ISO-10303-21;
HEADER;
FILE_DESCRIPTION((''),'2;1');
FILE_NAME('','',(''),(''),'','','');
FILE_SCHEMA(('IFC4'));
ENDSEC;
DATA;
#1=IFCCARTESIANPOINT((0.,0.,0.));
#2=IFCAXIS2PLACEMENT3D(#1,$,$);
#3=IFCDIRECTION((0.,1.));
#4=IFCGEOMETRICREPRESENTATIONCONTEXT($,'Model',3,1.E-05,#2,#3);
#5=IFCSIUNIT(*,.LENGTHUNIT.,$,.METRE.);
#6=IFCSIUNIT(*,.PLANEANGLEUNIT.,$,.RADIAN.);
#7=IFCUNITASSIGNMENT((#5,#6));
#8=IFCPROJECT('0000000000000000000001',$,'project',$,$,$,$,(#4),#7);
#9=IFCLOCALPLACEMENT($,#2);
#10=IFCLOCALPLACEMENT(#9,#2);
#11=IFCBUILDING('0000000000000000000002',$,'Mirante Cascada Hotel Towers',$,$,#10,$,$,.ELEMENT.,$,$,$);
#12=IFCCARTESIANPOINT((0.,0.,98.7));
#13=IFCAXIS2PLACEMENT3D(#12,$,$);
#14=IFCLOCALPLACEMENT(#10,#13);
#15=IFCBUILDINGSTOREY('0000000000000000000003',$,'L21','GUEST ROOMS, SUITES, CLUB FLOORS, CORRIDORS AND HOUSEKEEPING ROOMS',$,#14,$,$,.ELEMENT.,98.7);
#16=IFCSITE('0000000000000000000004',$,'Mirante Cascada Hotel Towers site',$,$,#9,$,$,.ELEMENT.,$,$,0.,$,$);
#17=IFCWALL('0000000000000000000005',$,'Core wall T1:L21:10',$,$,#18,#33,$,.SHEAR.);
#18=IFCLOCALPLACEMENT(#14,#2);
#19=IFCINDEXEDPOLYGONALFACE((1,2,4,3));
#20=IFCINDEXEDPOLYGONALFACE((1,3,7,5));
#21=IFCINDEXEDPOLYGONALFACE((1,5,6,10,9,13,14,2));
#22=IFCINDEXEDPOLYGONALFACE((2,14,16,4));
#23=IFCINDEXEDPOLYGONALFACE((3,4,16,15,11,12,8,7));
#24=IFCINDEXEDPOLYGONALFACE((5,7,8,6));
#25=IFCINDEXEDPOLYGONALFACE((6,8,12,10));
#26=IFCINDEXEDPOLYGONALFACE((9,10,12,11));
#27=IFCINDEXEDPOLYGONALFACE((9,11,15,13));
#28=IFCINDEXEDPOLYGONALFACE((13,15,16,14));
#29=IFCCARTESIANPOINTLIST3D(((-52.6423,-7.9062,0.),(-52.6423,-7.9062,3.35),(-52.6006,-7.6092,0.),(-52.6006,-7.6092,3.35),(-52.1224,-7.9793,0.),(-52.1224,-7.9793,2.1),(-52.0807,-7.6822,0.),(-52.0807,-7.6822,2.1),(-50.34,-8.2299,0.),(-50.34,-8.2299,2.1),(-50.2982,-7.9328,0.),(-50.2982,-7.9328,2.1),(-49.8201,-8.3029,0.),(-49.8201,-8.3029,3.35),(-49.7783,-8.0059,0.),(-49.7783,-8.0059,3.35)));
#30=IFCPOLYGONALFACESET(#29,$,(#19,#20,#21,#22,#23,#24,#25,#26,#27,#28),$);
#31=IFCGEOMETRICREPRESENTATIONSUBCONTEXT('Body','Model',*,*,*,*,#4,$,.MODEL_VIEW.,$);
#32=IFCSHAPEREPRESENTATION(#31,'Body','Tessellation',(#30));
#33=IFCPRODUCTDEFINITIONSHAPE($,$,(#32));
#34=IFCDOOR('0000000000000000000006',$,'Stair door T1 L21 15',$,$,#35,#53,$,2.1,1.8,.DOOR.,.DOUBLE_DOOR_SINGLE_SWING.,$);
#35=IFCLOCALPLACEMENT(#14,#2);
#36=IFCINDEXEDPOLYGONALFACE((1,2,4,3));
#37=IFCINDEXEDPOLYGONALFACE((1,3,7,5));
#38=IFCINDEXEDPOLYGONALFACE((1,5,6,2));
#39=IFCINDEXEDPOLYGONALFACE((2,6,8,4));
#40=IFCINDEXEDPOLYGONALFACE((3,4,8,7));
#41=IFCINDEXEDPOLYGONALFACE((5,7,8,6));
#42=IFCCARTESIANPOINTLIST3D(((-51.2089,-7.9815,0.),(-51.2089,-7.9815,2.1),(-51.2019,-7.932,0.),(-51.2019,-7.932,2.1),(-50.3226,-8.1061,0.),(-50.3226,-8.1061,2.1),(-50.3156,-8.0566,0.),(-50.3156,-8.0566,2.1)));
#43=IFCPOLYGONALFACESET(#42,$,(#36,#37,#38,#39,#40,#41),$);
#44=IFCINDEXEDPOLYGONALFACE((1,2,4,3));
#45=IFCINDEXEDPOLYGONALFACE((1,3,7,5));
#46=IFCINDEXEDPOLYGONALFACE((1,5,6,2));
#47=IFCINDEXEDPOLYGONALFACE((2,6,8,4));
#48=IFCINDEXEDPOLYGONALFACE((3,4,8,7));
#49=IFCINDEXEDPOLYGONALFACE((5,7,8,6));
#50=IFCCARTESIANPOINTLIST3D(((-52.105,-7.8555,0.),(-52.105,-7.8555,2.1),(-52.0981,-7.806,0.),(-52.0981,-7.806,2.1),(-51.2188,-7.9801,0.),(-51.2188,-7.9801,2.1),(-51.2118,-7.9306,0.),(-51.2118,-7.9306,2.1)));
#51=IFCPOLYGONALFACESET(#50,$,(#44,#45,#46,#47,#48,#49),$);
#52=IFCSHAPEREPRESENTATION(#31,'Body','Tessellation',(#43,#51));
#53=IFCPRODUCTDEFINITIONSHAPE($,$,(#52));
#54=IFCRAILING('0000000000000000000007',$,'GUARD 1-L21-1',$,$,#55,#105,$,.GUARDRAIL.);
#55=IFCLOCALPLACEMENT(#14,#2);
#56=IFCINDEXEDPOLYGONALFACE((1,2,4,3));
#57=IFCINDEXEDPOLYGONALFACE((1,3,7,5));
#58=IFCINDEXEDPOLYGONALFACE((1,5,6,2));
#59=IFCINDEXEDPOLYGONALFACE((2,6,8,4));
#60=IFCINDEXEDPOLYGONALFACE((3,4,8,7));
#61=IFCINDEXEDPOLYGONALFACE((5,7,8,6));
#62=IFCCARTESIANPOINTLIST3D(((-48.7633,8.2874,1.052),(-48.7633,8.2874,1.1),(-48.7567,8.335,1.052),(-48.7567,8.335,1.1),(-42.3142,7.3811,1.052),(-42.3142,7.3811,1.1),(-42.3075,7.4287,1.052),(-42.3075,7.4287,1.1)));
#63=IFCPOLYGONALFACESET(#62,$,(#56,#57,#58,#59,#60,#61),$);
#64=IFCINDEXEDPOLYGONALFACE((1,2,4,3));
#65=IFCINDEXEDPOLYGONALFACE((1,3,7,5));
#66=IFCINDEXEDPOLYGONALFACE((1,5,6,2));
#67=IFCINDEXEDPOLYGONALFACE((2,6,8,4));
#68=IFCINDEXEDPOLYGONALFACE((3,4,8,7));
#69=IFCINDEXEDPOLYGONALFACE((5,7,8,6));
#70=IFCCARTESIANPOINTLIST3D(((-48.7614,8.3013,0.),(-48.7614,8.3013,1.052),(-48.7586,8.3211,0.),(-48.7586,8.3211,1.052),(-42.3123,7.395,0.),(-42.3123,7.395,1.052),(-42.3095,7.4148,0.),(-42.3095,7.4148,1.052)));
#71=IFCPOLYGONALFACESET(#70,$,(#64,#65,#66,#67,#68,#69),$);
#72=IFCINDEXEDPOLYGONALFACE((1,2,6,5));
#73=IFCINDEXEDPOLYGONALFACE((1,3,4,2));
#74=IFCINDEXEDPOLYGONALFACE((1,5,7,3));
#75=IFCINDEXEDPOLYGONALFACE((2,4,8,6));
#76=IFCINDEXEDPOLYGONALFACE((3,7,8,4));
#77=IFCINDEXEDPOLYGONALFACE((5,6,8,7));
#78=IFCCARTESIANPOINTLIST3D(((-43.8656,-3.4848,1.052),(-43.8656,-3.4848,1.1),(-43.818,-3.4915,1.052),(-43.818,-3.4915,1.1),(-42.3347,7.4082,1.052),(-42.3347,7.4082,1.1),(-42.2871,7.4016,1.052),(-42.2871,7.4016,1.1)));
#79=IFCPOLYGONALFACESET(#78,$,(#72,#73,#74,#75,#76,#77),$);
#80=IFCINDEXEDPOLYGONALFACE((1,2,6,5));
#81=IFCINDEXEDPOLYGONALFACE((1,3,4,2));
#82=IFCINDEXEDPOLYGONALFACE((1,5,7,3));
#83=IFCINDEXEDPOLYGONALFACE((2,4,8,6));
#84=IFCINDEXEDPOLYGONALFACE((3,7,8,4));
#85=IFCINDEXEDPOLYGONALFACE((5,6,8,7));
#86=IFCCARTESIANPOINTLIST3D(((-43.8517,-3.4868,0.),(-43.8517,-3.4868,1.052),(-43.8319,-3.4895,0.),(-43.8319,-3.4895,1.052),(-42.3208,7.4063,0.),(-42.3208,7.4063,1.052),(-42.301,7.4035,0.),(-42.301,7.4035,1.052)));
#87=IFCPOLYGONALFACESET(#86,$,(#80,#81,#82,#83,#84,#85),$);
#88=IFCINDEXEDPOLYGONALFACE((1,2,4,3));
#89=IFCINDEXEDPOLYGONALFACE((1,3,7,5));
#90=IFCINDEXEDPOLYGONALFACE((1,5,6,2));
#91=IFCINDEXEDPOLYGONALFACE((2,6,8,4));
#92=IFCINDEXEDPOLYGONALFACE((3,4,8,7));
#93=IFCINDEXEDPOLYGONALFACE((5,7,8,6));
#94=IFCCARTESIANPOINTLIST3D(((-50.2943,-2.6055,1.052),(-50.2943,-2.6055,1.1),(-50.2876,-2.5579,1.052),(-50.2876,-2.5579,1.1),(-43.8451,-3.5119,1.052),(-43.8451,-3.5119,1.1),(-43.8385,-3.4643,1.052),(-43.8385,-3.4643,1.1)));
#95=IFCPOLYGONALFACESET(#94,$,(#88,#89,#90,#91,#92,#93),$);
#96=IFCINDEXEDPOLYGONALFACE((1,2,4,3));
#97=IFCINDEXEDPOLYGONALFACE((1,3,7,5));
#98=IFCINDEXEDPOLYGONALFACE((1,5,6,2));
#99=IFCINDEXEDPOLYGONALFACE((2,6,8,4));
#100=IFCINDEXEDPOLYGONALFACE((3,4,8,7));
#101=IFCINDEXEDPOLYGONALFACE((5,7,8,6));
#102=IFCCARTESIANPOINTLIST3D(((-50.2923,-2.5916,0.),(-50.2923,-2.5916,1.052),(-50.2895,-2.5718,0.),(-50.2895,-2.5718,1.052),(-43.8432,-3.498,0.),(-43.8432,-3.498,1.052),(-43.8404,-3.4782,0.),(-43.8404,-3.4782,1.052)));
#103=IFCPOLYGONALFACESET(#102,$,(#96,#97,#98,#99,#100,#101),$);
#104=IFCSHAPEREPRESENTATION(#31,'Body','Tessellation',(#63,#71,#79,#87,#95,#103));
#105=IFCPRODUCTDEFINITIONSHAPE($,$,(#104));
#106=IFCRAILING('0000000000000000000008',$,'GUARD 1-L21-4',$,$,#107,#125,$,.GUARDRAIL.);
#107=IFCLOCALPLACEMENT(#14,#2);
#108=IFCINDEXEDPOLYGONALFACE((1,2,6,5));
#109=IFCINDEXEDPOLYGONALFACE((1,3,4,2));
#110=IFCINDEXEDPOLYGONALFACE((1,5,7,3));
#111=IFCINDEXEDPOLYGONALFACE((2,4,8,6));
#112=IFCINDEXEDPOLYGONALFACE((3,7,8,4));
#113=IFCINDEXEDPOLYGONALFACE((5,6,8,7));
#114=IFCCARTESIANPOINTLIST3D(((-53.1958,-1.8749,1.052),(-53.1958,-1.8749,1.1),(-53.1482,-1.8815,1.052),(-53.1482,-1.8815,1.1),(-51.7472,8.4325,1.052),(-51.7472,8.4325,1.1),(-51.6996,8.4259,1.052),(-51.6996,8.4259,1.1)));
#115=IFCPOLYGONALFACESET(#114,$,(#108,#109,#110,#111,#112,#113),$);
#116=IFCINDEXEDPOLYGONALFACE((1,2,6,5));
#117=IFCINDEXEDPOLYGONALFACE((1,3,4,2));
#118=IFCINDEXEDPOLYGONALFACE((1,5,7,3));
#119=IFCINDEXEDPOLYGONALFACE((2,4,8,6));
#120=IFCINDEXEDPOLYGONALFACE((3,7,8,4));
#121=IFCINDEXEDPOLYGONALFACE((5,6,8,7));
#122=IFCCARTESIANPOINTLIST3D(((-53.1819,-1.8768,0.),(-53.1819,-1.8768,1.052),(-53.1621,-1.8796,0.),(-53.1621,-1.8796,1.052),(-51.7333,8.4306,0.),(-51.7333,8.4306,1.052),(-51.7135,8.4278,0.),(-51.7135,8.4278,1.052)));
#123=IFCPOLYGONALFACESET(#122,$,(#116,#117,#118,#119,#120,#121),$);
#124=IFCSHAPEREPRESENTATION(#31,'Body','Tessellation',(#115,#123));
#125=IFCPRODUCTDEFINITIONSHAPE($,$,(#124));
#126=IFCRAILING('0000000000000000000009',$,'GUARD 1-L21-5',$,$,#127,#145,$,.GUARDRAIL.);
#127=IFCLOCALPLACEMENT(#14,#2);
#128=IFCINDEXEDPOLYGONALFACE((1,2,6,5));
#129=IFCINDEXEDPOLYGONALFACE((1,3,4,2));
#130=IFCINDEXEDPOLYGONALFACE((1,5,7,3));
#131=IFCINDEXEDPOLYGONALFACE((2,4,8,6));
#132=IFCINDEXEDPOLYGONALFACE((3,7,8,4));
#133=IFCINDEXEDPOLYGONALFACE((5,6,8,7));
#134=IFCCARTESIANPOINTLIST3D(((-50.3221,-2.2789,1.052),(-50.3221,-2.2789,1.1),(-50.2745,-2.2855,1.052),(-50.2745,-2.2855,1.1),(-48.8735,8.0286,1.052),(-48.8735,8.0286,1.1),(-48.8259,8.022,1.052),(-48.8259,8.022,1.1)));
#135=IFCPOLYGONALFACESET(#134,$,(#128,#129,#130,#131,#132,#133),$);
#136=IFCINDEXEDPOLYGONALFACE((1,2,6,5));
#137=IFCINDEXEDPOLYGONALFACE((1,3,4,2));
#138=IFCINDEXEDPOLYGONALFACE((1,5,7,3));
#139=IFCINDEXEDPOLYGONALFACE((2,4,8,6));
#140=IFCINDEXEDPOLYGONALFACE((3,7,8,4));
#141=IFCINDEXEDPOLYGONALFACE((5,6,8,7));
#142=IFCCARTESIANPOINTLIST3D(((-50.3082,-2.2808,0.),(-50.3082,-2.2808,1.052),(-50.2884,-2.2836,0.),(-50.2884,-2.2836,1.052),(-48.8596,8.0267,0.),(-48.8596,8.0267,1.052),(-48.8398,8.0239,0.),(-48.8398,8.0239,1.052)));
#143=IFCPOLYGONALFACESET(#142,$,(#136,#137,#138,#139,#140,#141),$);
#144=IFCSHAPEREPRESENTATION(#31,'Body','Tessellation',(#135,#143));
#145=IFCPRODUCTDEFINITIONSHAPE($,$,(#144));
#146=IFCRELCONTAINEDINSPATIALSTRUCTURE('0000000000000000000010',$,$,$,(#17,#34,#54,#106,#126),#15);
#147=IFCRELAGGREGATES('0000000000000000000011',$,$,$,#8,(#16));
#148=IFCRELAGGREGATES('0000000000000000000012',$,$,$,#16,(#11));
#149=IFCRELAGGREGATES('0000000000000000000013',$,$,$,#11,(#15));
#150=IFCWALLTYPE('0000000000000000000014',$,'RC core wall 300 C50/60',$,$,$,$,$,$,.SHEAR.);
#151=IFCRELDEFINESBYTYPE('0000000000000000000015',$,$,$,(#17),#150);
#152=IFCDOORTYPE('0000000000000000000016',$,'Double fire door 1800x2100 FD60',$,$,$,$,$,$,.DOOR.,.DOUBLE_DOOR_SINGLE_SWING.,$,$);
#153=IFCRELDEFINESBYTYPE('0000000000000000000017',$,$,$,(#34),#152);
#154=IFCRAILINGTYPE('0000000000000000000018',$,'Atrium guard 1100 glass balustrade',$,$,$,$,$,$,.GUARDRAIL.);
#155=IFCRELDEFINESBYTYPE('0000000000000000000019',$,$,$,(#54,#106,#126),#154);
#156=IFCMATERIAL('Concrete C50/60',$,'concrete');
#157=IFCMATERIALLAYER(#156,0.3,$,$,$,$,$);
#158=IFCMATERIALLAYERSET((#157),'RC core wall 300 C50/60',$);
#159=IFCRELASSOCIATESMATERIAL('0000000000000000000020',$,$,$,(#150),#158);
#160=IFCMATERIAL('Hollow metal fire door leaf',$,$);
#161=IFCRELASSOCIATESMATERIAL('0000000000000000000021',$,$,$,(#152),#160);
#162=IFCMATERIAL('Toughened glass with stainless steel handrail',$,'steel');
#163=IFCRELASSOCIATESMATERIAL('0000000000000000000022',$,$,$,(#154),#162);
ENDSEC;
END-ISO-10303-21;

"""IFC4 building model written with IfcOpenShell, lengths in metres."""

from ifc_helpers import new_model, si_unit, direction, frame, frame_2d, origin, origin_2d, place, context, subcontext, project, spatial, rectangle, extrude, material, layer, layer_set, type_object, element, fill, save


model = new_model("IFC4")

# Units and contexts
model_context = context("Model", 3, precision=1e-05, world=origin(), true_north=direction((0.0, 1.0)))
body_context = subcontext(model_context, "Body", "Model", "MODEL_VIEW")
ifc_project = project(units=[si_unit("LENGTHUNIT", "METRE"), si_unit("PLANEANGLEUNIT", "RADIAN")], contexts=[model_context])

# Site, building, storey
site_placement = place(None, origin())
site = spatial("IfcSite", under=ifc_project, at=site_placement, Name="Mirante Cascada Hotel Towers site", CompositionType="ELEMENT", RefElevation=0.0)
building_placement = place(site_placement, origin())
building = spatial("IfcBuilding", under=site, at=building_placement, Name="Mirante Cascada Hotel Towers", CompositionType="ELEMENT")
storey_placement = place(building_placement, frame((0.0, 0.0, 98.7)))
storey = spatial("IfcBuildingStorey", under=building, at=storey_placement, Name="L21", Description="GUEST ROOMS, SUITES, CLUB FLOORS, CORRIDORS AND HOUSEKEEPING ROOMS", CompositionType="ELEMENT", Elevation=98.7)

# Wall, opening, door
ifc_material_1 = material(Name="Concrete C50/60", Category="concrete")
ifc_layer_1 = layer(ifc_material_1, 0.3)
ifc_layer_set_1 = layer_set([ifc_layer_1], Name="RC core wall 300 C50/60")
wall_type_1 = type_object("IfcWallType", Name="RC core wall 300 C50/60", PredefinedType="SHEAR", material=ifc_layer_set_1)
wall_1_placement = place(storey_placement, frame((-49.7992, -8.1544, 0.0), z_axis=(0.0, 0.0, 1.0), x_axis=(-0.990266, 0.139191, 0.0)))
wall_1 = element("IfcWall", 1, at=wall_1_placement, inside=storey, type_object=wall_type_1, Name="Core wall T1:L21:10", PredefinedType="SHEAR", context=body_context, shape_type="SweptSolid", body=[
    extrude(rectangle(XDim=2.85, YDim=0.3, at=frame_2d((1.425, 0.0))), origin(), (0.0, 0.0, 1.0), 3.35),
])
opening_1_placement = place(wall_1_placement, frame((0.525, 0.0, 0.0)))
opening_1 = element("IfcOpeningElement", 2, at=opening_1_placement, cuts=wall_1, PredefinedType="OPENING", context=body_context, shape_type="SweptSolid", body=[
    extrude(rectangle(XDim=1.8, YDim=2.1, at=frame_2d((0.9, 1.05))), frame((0.0, 0.15, 0.0), z_axis=(0.0, -1.0, 0.0), x_axis=(1.0, 0.0, 0.0)), (0.0, 0.0, 1.0), 0.3),
])
ifc_material_2 = material(Name="Hollow metal fire door leaf")
door_type_1 = type_object("IfcDoorType", Name="Double fire door 1800x2100 FD60", OperationType="DOUBLE_DOOR_SINGLE_SWING", PredefinedType="DOOR", material=ifc_material_2)
door_1_placement = place(opening_1_placement, origin())
door_1 = element("IfcDoor", 3, at=door_1_placement, inside=storey, type_object=door_type_1, Name="Stair door T1 L21 15", OperationType="DOUBLE_DOOR_SINGLE_SWING", OverallHeight=2.1, OverallWidth=1.8, PredefinedType="DOOR", context=body_context, shape_type="SweptSolid", body=[
    extrude(rectangle(XDim=0.895, YDim=2.1, at=frame_2d((0.4475, 1.05))), frame((0.0, 0.025, 0.0), z_axis=(0.0, -1.0, 0.0), x_axis=(1.0, 0.0, 0.0)), (0.0, 0.0, 1.0), 0.05),
    extrude(rectangle(XDim=0.895, YDim=2.1, at=frame_2d((1.3525, 1.05))), frame((0.0, 0.025, 0.0), z_axis=(0.0, -1.0, 0.0), x_axis=(1.0, 0.0, 0.0)), (0.0, 0.0, 1.0), 0.05),
])
fill(opening_1, door_1)

# Railings
ifc_material_3 = material(Name="Toughened glass with stainless steel handrail", Category="steel")
railing_type = type_object("IfcRailingType", Name="Atrium guard 1100 glass balustrade", PredefinedType="GUARDRAIL", material=ifc_material_3)
railing_1_placement = place(storey_placement, frame((-48.76, 8.3112, 0.0)))
element("IfcRailing", 4, at=railing_1_placement, inside=storey, type_object=railing_type, Name="GUARD 1-L21-1", PredefinedType="GUARDRAIL", context=body_context, shape_type="SweptSolid", body=[
    extrude(rectangle(XDim=0.048, YDim=0.048, at=origin_2d()), frame((0.0, 0.0, 1.076), z_axis=(0.990269, -0.139164, 0.0), x_axis=(0.139164, 0.990269, 0.0)), (0.0, 0.0, 1.0), 6.5125),
    extrude(rectangle(XDim=0.02, YDim=1.052, at=origin_2d()), frame((0.0, 0.0, 0.526), z_axis=(0.990269, -0.139164, 0.0), x_axis=(0.139164, 0.990269, 0.0)), (0.0, 0.0, 1.0), 6.5125),
    extrude(rectangle(XDim=0.048, YDim=0.048, at=origin_2d()), frame((6.4491, -0.9063, 1.076), z_axis=(-0.139172, -0.990268, 0.0), x_axis=(0.990268, -0.139172, 0.0)), (0.0, 0.0, 1.0), 11.0001),
    extrude(rectangle(XDim=0.02, YDim=1.052, at=origin_2d()), frame((6.4491, -0.9063, 0.526), z_axis=(-0.139172, -0.990268, 0.0), x_axis=(0.990268, -0.139172, 0.0)), (0.0, 0.0, 1.0), 11.0001),
    extrude(rectangle(XDim=0.048, YDim=0.048, at=origin_2d()), frame((4.9182, -11.7993, 1.076), z_axis=(-0.990267, 0.139179, 0.0), x_axis=(-0.139179, -0.990267, 0.0)), (0.0, 0.0, 1.0), 6.5125),
    extrude(rectangle(XDim=0.02, YDim=1.052, at=origin_2d()), frame((4.9182, -11.7993, 0.526), z_axis=(-0.990267, 0.139179, 0.0), x_axis=(-0.139179, -0.990267, 0.0)), (0.0, 0.0, 1.0), 6.5125),
])
railing_2_placement = place(storey_placement, frame((-53.172, -1.8782, 0.0)))
element("IfcRailing", 5, at=railing_2_placement, inside=storey, type_object=railing_type, Name="GUARD 1-L21-4", PredefinedType="GUARDRAIL", context=body_context, shape_type="SweptSolid", body=[
    extrude(rectangle(XDim=0.048, YDim=0.048, at=origin_2d()), frame((0.0, 0.0, 1.076), z_axis=(0.139172, 0.990268, 0.0), x_axis=(-0.990268, 0.139172, 0.0)), (0.0, 0.0, 1.0), 10.4087),
    extrude(rectangle(XDim=0.02, YDim=1.052, at=origin_2d()), frame((0.0, 0.0, 0.526), z_axis=(0.139172, 0.990268, 0.0), x_axis=(-0.990268, 0.139172, 0.0)), (0.0, 0.0, 1.0), 10.4087),
])
railing_3_placement = place(storey_placement, frame((-48.8497, 8.0253, 0.0)))
element("IfcRailing", 6, at=railing_3_placement, inside=storey, type_object=railing_type, Name="GUARD 1-L21-5", PredefinedType="GUARDRAIL", context=body_context, shape_type="SweptSolid", body=[
    extrude(rectangle(XDim=0.048, YDim=0.048, at=origin_2d()), frame((0.0, 0.0, 1.076), z_axis=(-0.139171, -0.990268, 0.0), x_axis=(0.990268, -0.139171, 0.0)), (0.0, 0.0, 1.0), 10.4088),
    extrude(rectangle(XDim=0.02, YDim=1.052, at=origin_2d()), frame((0.0, 0.0, 0.526), z_axis=(-0.139171, -0.990268, 0.0), x_axis=(0.990268, -0.139171, 0.0)), (0.0, 0.0, 1.0), 10.4088),
])

save(model, "model.ifc")
